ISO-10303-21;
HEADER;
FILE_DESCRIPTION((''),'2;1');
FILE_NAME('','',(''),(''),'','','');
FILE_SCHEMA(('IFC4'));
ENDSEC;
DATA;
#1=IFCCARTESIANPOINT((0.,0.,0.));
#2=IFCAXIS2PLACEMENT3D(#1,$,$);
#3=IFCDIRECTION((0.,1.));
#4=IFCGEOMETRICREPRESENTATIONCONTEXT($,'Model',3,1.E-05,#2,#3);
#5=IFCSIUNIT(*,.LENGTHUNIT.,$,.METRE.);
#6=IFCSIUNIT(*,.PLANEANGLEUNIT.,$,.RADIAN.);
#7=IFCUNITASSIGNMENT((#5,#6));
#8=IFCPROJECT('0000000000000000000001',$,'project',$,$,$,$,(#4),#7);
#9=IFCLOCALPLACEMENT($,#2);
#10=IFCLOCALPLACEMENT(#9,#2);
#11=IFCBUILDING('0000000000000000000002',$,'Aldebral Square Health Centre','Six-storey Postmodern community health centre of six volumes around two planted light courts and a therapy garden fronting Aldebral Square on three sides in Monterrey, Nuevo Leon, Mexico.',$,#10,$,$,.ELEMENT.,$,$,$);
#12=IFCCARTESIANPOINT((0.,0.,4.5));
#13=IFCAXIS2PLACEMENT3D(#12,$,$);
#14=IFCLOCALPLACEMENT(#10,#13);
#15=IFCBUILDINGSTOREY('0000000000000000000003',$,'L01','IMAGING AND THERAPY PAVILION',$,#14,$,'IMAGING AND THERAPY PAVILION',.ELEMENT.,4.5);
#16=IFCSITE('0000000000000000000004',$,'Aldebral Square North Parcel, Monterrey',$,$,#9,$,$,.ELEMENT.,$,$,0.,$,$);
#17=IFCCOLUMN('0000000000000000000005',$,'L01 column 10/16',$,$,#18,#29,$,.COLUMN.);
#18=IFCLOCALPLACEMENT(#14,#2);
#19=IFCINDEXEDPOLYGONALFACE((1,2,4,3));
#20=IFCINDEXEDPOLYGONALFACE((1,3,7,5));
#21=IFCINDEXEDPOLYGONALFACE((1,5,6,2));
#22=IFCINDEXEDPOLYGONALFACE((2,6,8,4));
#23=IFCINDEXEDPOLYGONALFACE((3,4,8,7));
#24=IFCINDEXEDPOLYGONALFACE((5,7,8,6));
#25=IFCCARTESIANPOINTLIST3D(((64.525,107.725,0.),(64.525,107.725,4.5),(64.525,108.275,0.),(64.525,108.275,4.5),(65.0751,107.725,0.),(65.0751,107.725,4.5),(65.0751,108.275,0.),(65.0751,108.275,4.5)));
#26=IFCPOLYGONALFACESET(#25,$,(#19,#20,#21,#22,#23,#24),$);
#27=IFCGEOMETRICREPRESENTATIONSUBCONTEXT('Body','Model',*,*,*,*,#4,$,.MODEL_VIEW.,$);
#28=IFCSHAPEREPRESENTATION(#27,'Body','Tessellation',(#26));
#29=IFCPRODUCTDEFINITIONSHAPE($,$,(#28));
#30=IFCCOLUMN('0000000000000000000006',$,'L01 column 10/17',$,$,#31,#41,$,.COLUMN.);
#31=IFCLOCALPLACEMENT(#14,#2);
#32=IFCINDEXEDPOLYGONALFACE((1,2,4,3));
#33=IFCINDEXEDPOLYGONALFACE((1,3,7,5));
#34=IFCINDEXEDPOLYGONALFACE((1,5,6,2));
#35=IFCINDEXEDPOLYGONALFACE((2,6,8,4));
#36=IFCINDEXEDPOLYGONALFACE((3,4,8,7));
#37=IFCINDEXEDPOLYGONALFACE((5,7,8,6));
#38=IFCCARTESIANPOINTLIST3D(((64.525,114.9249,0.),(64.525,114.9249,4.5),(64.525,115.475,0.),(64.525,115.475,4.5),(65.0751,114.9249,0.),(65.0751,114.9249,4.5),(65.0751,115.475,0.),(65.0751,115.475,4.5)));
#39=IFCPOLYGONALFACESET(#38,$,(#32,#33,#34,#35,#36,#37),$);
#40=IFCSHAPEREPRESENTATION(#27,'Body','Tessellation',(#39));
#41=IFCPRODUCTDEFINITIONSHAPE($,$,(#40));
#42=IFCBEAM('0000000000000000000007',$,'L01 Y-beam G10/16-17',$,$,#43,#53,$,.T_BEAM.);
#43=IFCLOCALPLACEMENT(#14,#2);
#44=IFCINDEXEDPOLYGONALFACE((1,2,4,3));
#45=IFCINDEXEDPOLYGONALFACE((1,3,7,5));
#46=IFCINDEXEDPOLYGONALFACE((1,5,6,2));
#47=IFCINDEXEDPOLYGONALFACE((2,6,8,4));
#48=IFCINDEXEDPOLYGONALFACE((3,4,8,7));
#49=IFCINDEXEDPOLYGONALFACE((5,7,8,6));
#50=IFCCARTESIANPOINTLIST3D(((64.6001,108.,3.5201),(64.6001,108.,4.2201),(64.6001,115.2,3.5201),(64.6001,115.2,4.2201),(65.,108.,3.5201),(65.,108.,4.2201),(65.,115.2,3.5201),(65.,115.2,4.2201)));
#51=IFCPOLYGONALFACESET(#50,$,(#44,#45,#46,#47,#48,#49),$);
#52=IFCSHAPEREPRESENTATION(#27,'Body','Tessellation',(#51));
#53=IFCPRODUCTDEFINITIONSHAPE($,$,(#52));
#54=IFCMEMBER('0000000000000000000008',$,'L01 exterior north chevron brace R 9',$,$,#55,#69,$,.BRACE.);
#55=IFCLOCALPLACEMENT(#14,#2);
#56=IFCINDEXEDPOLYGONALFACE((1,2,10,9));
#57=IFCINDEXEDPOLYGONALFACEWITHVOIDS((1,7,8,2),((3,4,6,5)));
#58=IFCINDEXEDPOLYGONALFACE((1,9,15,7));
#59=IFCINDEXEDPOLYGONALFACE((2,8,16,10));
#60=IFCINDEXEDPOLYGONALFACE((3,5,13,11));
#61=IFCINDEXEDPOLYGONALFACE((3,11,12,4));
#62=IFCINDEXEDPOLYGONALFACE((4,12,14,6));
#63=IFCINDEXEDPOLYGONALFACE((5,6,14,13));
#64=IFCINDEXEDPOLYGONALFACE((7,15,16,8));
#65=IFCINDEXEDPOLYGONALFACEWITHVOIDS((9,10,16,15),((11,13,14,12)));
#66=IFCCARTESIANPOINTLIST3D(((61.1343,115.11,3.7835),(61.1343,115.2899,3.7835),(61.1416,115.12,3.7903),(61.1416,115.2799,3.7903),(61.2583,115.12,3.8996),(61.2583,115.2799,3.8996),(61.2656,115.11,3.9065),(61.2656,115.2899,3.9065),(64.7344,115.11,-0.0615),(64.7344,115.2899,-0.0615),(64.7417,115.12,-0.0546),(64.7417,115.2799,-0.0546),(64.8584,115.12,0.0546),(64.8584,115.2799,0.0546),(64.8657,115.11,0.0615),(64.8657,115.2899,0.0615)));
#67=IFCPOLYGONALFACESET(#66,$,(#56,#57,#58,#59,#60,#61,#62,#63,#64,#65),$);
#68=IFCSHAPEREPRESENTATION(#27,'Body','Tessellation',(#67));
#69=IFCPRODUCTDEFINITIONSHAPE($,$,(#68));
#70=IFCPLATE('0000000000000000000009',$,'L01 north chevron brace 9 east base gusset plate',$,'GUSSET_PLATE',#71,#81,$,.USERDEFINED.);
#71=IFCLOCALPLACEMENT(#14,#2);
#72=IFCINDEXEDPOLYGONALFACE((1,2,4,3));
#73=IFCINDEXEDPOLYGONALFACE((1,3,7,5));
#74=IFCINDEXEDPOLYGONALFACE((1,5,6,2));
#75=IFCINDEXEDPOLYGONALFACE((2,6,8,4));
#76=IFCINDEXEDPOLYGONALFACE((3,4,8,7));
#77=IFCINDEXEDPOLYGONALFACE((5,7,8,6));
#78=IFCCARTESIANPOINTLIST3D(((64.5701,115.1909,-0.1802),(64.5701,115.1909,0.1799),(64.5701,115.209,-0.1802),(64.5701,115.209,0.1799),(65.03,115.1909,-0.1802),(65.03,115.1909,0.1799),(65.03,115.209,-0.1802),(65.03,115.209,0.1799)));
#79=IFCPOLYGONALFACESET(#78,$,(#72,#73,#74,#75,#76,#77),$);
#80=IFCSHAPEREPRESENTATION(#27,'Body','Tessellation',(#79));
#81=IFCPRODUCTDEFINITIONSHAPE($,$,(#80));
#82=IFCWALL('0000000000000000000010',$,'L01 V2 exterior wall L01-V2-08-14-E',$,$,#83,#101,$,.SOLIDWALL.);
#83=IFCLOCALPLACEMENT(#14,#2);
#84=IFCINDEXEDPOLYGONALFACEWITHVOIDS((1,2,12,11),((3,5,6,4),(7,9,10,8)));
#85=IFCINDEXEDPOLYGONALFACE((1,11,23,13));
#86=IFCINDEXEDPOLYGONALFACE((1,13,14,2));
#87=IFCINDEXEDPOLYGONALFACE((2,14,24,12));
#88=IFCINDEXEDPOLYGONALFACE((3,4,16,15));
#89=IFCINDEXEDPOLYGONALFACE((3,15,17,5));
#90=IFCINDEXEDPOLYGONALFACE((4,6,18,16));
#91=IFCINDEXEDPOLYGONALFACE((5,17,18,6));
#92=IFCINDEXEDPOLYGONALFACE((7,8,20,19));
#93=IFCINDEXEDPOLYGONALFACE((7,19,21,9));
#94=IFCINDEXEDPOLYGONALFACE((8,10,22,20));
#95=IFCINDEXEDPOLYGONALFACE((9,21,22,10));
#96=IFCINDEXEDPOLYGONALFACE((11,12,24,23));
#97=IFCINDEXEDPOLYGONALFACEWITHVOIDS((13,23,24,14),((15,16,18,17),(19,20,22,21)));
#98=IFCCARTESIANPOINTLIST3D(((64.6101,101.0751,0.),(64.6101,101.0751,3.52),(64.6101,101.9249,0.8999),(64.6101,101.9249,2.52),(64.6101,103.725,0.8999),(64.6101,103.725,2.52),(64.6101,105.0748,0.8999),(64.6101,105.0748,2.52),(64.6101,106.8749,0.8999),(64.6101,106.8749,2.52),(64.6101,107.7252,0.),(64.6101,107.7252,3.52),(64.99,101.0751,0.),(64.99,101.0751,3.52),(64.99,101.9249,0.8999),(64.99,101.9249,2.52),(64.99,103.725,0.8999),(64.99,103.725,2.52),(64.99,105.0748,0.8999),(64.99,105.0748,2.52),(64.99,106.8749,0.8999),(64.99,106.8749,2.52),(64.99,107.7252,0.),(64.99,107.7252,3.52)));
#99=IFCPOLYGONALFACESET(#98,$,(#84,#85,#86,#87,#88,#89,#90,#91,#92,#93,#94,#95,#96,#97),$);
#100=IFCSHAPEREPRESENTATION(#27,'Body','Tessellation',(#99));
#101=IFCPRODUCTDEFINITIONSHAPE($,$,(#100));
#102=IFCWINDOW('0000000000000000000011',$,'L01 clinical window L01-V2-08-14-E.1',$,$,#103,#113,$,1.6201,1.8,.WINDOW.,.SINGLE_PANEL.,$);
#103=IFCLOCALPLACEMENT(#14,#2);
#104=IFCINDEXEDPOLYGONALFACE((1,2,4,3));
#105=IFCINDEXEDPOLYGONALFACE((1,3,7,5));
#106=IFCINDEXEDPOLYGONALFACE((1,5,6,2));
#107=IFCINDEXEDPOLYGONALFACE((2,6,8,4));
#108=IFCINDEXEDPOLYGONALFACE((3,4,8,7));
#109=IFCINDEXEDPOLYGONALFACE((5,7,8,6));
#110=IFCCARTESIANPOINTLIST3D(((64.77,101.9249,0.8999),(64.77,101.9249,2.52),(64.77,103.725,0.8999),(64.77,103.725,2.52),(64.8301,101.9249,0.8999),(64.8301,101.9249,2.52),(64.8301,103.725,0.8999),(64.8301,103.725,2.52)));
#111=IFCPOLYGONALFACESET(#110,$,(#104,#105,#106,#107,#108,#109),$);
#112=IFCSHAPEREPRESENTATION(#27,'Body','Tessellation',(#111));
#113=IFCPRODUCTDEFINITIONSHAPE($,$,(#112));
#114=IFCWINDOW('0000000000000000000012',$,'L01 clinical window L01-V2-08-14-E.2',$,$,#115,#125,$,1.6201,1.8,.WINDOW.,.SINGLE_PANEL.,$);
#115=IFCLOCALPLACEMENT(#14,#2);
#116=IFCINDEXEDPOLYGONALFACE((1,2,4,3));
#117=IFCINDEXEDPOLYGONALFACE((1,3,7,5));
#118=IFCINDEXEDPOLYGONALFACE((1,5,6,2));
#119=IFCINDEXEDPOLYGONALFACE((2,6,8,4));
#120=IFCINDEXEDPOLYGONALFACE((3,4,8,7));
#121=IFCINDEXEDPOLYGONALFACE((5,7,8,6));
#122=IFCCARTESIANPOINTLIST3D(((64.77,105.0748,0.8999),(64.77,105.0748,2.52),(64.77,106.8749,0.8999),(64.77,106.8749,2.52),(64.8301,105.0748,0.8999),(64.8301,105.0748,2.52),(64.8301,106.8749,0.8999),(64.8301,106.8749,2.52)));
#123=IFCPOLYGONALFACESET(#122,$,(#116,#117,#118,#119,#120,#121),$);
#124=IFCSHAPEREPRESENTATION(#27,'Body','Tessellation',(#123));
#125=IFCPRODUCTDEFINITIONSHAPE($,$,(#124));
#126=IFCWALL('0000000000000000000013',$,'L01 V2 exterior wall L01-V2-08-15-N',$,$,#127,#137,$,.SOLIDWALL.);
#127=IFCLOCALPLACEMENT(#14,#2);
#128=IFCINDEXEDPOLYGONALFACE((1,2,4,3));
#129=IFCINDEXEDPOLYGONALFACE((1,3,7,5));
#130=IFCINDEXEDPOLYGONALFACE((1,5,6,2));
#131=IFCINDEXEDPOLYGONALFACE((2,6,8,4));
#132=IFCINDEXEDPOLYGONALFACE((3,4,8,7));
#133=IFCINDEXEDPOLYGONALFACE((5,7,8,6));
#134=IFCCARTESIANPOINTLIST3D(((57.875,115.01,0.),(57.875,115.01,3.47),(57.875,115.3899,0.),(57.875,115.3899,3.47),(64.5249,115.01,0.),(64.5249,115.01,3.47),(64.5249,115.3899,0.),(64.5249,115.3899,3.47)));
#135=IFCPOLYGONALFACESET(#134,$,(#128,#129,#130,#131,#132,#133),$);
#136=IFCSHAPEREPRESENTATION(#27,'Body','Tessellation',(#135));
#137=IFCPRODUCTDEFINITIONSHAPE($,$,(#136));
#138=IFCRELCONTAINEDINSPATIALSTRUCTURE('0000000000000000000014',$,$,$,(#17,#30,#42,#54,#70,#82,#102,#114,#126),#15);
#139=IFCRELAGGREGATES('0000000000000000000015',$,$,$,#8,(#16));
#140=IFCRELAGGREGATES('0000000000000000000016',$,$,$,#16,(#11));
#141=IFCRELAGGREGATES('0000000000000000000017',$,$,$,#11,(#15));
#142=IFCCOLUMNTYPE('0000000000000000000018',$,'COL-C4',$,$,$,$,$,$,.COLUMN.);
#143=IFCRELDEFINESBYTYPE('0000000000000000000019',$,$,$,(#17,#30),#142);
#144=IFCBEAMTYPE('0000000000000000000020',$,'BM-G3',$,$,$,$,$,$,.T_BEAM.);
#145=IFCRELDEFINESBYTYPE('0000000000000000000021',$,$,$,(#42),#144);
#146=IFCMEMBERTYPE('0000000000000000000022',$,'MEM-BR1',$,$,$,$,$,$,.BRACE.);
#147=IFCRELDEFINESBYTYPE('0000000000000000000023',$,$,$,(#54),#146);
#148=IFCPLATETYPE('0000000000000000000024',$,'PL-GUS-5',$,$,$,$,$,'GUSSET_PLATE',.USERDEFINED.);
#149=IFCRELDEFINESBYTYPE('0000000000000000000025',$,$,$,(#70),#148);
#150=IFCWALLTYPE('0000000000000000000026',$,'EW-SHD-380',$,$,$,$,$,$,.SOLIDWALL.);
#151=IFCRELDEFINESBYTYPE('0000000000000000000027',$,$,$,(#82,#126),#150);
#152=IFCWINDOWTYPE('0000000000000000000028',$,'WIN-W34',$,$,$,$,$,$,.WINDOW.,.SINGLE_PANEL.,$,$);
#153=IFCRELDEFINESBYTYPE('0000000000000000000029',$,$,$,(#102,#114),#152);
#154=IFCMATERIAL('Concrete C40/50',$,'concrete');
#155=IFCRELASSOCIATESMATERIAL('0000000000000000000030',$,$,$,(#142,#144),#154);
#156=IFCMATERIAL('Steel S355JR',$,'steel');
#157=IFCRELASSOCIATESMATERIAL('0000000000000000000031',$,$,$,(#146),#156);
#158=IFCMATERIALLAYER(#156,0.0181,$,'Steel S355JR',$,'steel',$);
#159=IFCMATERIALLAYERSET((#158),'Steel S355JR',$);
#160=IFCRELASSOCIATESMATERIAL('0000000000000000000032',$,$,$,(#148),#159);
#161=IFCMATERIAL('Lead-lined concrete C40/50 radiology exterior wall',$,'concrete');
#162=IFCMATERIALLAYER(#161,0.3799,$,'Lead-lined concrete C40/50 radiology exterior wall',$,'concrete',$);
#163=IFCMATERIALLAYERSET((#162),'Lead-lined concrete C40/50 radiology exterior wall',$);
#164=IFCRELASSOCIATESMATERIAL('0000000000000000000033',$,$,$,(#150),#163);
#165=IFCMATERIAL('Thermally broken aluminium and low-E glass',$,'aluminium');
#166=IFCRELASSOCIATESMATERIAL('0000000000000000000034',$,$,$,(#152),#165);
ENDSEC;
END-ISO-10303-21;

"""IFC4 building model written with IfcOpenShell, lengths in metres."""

from ifc_helpers import new_model, si_unit, direction, frame, frame_2d, origin, origin_2d, place, context, subcontext, project, spatial, rectangle, hollow_rectangle, extrude, material, layer, layer_set, material_profile, profile_set, type_object, element, fill, save


model = new_model("IFC4")

# Units and contexts
model_context = context("Model", 3, precision=1e-05, world=origin(), true_north=direction((0.0, 1.0)))
body_context = subcontext(model_context, "Body", "Model", "MODEL_VIEW")
ifc_project = project(units=[si_unit("LENGTHUNIT", "METRE"), si_unit("PLANEANGLEUNIT", "RADIAN")], contexts=[model_context])

# Site, building, storey
site_placement = place(None, origin())
site = spatial("IfcSite", under=ifc_project, at=site_placement, Name="Aldebral Square North Parcel, Monterrey", CompositionType="ELEMENT", RefElevation=0.0)
building_placement = place(site_placement, origin())
building = spatial("IfcBuilding", under=site, at=building_placement, Name="Aldebral Square Health Centre", Description="Six-storey Postmodern community health centre of six volumes around two planted light courts and a therapy garden fronting Aldebral Square on three sides in Monterrey, Nuevo Leon, Mexico.", CompositionType="ELEMENT")
storey_placement = place(building_placement, frame((0.0, 0.0, 4.5)))
storey = spatial("IfcBuildingStorey", under=building, at=storey_placement, Name="L01", Description="IMAGING AND THERAPY PAVILION", LongName="IMAGING AND THERAPY PAVILION", CompositionType="ELEMENT", Elevation=4.5)

# Columns
ifc_material_1 = material(Name="Concrete C40/50", Category="concrete")
ifc_material_profile_1 = material_profile(ifc_material_1, rectangle(XDim=0.55, YDim=0.55, at=origin_2d()), Name="RC 550x550")
ifc_profile_set_1 = profile_set([ifc_material_profile_1], Name="Concrete C40/50")
column_type = type_object("IfcColumnType", Name="COL-C4", PredefinedType="COLUMN", material=ifc_profile_set_1)
for number, where, z_axis, x_axis, name in (
    (1, (64.8, 108.0, 0.0), (0.0, 0.0, 1.0), (1.0, 0.0, 0.0), "L01 column 10/16"),
    (2, (64.8, 115.2, 0.0), (0.0, 0.0, 1.0), (1.0, 0.0, 0.0), "L01 column 10/17"),
):
    element("IfcColumn", number, at=place(storey_placement, frame(where, z_axis=z_axis, x_axis=x_axis)), inside=storey, type_object=column_type, Name=name, PredefinedType="COLUMN", context=body_context, shape_type="SweptSolid", body=[
        extrude(rectangle(XDim=0.55, YDim=0.55, at=origin_2d()), origin(), (0.0, 0.0, 1.0), 4.5),
    ])

# Beam
ifc_material_profile_2 = material_profile(ifc_material_1, rectangle(XDim=0.3999, YDim=0.7, at=origin_2d()), Name="RC 400x700")
ifc_profile_set_2 = profile_set([ifc_material_profile_2], Name="Concrete C40/50")
beam_type = type_object("IfcBeamType", Name="BM-G3", PredefinedType="T_BEAM", material=ifc_profile_set_2)
beam_placement = place(storey_placement, frame((64.8, 108.0, 3.8701), z_axis=(0.0, 1.0, 0.0), x_axis=(-1.0, 0.0, 0.0)))
element("IfcBeam", 3, at=beam_placement, inside=storey, type_object=beam_type, Name="L01 Y-beam G10/16-17", PredefinedType="T_BEAM", context=body_context, shape_type="SweptSolid", body=[
    extrude(rectangle(XDim=0.3999, YDim=0.7, at=origin_2d()), origin(), (0.0, 0.0, 1.0), 7.2),
])

# Member
ifc_material_2 = material(Name="Steel S355JR", Category="steel")
ifc_material_profile_3 = material_profile(ifc_material_2, hollow_rectangle(XDim=0.1799, YDim=0.1799, WallThickness=0.01, at=origin_2d()), Name="180x180x10 SHS")
ifc_profile_set_3 = profile_set([ifc_material_profile_3], Name="Steel S355JR")
member_type = type_object("IfcMemberType", Name="MEM-BR1", PredefinedType="BRACE", material=ifc_profile_set_3)
member_placement = place(storey_placement, frame((64.8, 115.2, 0.0), z_axis=(-0.68348, 0.0, 0.729969), x_axis=(0.0, -1.0, 0.0)))
element("IfcMember", 4, at=member_placement, inside=storey, type_object=member_type, Name="L01 exterior north chevron brace R 9", PredefinedType="BRACE", context=body_context, shape_type="SweptSolid", body=[
    extrude(hollow_rectangle(XDim=0.1799, YDim=0.1799, WallThickness=0.01, at=origin_2d()), origin(), (0.0, 0.0, 1.0), 5.2673),
])

# Plate
ifc_layer_1 = layer(ifc_material_2, 0.0181, Name="Steel S355JR", Category="steel")
ifc_layer_set_1 = layer_set([ifc_layer_1], Name="Steel S355JR")
plate_type = type_object("IfcPlateType", Name="PL-GUS-5", ElementType="GUSSET_PLATE", PredefinedType="USERDEFINED", material=ifc_layer_set_1)
plate_placement = place(storey_placement, frame((64.8, 115.2, -0.1802), z_axis=(0.0, 0.0, 1.0), x_axis=(1.0, 0.0, 0.0)))
element("IfcPlate", 5, at=plate_placement, inside=storey, type_object=plate_type, Name="L01 north chevron brace 9 east base gusset plate", ObjectType="GUSSET_PLATE", PredefinedType="USERDEFINED", context=body_context, shape_type="SweptSolid", body=[
    extrude(rectangle(XDim=0.46, YDim=0.0181, at=origin_2d()), origin(), (0.0, 0.0, 1.0), 0.3601),
])

# Wall, openings, windows
ifc_material_3 = material(Name="Lead-lined concrete C40/50 radiology exterior wall", Category="concrete")
ifc_layer_2 = layer(ifc_material_3, 0.3799, Name="Lead-lined concrete C40/50 radiology exterior wall", Category="concrete")
ifc_layer_set_2 = layer_set([ifc_layer_2], Name="Lead-lined concrete C40/50 radiology exterior wall")
wall_type = type_object("IfcWallType", Name="EW-SHD-380", PredefinedType="SOLIDWALL", material=ifc_layer_set_2)
wall_1_placement = place(storey_placement, frame((64.8, 101.075, 0.0), z_axis=(0.0, 0.0, 1.0), x_axis=(0.0, 1.0, 0.0)))
wall_1 = element("IfcWall", 6, at=wall_1_placement, inside=storey, type_object=wall_type, Name="L01 V2 exterior wall L01-V2-08-14-E", PredefinedType="SOLIDWALL", context=body_context, shape_type="SweptSolid", body=[
    extrude(rectangle(XDim=6.6501, YDim=0.3799, at=frame_2d((3.3252, 0.0))), origin(), (0.0, 0.0, 1.0), 3.52),
])
opening_1_placement = place(wall_1_placement, frame((0.8501, 0.0, 0.8999)))
opening_1 = element("IfcOpeningElement", 7, at=opening_1_placement, cuts=wall_1, PredefinedType="OPENING", context=body_context, shape_type="SweptSolid", body=[
    extrude(rectangle(XDim=1.8, YDim=1.6201, at=frame_2d((0.8999, 0.8101))), frame((0.0, 0.2, 0.0), z_axis=(0.0, -1.0, 0.0), x_axis=(1.0, 0.0, 0.0)), (0.0, 0.0, 1.0), 0.3999),
])
opening_2_placement = place(wall_1_placement, frame((4.0, 0.0, 0.8999)))
opening_2 = element("IfcOpeningElement", 8, at=opening_2_placement, cuts=wall_1, PredefinedType="OPENING", context=body_context, shape_type="SweptSolid", body=[
    extrude(rectangle(XDim=1.8, YDim=1.6201, at=frame_2d((0.8999, 0.8101))), frame((0.0, 0.2, 0.0), z_axis=(0.0, -1.0, 0.0), x_axis=(1.0, 0.0, 0.0)), (0.0, 0.0, 1.0), 0.3999),
])
ifc_material_4 = material(Name="Thermally broken aluminium and low-E glass", Category="aluminium")
window_type_1 = type_object("IfcWindowType", Name="WIN-W34", PartitioningType="SINGLE_PANEL", PredefinedType="WINDOW", material=ifc_material_4)
window_1_placement = place(opening_1_placement, origin())
window_1 = element("IfcWindow", 9, at=window_1_placement, inside=storey, type_object=window_type_1, Name="L01 clinical window L01-V2-08-14-E.1", OverallHeight=1.6201, OverallWidth=1.8, PartitioningType="SINGLE_PANEL", PredefinedType="WINDOW", context=body_context, shape_type="SweptSolid", body=[
    extrude(rectangle(XDim=1.8, YDim=1.6201, at=frame_2d((0.8999, 0.8101))), frame((0.0, 0.03, 0.0), z_axis=(0.0, -1.0, 0.0), x_axis=(1.0, 0.0, 0.0)), (0.0, 0.0, 1.0), 0.0601),
])
fill(opening_1, window_1)
window_2_placement = place(opening_2_placement, origin())
window_2 = element("IfcWindow", 10, at=window_2_placement, inside=storey, type_object=window_type_1, Name="L01 clinical window L01-V2-08-14-E.2", OverallHeight=1.6201, OverallWidth=1.8, PartitioningType="SINGLE_PANEL", PredefinedType="WINDOW", context=body_context, shape_type="SweptSolid", body=[
    extrude(rectangle(XDim=1.8, YDim=1.6201, at=frame_2d((0.8999, 0.8101))), frame((0.0, 0.03, 0.0), z_axis=(0.0, -1.0, 0.0), x_axis=(1.0, 0.0, 0.0)), (0.0, 0.0, 1.0), 0.0601),
])
fill(opening_2, window_2)

# Wall
wall_2_placement = place(storey_placement, frame((64.5249, 115.2, 0.0), z_axis=(0.0, 0.0, 1.0), x_axis=(-1.0, 0.0, 0.0)))
element("IfcWall", 11, at=wall_2_placement, inside=storey, type_object=wall_type, Name="L01 V2 exterior wall L01-V2-08-15-N", PredefinedType="SOLIDWALL", context=body_context, shape_type="SweptSolid", body=[
    extrude(rectangle(XDim=6.6499, YDim=0.3799, at=frame_2d((3.325, 0.0))), origin(), (0.0, 0.0, 1.0), 3.47),
])

save(model, "model.ifc")
